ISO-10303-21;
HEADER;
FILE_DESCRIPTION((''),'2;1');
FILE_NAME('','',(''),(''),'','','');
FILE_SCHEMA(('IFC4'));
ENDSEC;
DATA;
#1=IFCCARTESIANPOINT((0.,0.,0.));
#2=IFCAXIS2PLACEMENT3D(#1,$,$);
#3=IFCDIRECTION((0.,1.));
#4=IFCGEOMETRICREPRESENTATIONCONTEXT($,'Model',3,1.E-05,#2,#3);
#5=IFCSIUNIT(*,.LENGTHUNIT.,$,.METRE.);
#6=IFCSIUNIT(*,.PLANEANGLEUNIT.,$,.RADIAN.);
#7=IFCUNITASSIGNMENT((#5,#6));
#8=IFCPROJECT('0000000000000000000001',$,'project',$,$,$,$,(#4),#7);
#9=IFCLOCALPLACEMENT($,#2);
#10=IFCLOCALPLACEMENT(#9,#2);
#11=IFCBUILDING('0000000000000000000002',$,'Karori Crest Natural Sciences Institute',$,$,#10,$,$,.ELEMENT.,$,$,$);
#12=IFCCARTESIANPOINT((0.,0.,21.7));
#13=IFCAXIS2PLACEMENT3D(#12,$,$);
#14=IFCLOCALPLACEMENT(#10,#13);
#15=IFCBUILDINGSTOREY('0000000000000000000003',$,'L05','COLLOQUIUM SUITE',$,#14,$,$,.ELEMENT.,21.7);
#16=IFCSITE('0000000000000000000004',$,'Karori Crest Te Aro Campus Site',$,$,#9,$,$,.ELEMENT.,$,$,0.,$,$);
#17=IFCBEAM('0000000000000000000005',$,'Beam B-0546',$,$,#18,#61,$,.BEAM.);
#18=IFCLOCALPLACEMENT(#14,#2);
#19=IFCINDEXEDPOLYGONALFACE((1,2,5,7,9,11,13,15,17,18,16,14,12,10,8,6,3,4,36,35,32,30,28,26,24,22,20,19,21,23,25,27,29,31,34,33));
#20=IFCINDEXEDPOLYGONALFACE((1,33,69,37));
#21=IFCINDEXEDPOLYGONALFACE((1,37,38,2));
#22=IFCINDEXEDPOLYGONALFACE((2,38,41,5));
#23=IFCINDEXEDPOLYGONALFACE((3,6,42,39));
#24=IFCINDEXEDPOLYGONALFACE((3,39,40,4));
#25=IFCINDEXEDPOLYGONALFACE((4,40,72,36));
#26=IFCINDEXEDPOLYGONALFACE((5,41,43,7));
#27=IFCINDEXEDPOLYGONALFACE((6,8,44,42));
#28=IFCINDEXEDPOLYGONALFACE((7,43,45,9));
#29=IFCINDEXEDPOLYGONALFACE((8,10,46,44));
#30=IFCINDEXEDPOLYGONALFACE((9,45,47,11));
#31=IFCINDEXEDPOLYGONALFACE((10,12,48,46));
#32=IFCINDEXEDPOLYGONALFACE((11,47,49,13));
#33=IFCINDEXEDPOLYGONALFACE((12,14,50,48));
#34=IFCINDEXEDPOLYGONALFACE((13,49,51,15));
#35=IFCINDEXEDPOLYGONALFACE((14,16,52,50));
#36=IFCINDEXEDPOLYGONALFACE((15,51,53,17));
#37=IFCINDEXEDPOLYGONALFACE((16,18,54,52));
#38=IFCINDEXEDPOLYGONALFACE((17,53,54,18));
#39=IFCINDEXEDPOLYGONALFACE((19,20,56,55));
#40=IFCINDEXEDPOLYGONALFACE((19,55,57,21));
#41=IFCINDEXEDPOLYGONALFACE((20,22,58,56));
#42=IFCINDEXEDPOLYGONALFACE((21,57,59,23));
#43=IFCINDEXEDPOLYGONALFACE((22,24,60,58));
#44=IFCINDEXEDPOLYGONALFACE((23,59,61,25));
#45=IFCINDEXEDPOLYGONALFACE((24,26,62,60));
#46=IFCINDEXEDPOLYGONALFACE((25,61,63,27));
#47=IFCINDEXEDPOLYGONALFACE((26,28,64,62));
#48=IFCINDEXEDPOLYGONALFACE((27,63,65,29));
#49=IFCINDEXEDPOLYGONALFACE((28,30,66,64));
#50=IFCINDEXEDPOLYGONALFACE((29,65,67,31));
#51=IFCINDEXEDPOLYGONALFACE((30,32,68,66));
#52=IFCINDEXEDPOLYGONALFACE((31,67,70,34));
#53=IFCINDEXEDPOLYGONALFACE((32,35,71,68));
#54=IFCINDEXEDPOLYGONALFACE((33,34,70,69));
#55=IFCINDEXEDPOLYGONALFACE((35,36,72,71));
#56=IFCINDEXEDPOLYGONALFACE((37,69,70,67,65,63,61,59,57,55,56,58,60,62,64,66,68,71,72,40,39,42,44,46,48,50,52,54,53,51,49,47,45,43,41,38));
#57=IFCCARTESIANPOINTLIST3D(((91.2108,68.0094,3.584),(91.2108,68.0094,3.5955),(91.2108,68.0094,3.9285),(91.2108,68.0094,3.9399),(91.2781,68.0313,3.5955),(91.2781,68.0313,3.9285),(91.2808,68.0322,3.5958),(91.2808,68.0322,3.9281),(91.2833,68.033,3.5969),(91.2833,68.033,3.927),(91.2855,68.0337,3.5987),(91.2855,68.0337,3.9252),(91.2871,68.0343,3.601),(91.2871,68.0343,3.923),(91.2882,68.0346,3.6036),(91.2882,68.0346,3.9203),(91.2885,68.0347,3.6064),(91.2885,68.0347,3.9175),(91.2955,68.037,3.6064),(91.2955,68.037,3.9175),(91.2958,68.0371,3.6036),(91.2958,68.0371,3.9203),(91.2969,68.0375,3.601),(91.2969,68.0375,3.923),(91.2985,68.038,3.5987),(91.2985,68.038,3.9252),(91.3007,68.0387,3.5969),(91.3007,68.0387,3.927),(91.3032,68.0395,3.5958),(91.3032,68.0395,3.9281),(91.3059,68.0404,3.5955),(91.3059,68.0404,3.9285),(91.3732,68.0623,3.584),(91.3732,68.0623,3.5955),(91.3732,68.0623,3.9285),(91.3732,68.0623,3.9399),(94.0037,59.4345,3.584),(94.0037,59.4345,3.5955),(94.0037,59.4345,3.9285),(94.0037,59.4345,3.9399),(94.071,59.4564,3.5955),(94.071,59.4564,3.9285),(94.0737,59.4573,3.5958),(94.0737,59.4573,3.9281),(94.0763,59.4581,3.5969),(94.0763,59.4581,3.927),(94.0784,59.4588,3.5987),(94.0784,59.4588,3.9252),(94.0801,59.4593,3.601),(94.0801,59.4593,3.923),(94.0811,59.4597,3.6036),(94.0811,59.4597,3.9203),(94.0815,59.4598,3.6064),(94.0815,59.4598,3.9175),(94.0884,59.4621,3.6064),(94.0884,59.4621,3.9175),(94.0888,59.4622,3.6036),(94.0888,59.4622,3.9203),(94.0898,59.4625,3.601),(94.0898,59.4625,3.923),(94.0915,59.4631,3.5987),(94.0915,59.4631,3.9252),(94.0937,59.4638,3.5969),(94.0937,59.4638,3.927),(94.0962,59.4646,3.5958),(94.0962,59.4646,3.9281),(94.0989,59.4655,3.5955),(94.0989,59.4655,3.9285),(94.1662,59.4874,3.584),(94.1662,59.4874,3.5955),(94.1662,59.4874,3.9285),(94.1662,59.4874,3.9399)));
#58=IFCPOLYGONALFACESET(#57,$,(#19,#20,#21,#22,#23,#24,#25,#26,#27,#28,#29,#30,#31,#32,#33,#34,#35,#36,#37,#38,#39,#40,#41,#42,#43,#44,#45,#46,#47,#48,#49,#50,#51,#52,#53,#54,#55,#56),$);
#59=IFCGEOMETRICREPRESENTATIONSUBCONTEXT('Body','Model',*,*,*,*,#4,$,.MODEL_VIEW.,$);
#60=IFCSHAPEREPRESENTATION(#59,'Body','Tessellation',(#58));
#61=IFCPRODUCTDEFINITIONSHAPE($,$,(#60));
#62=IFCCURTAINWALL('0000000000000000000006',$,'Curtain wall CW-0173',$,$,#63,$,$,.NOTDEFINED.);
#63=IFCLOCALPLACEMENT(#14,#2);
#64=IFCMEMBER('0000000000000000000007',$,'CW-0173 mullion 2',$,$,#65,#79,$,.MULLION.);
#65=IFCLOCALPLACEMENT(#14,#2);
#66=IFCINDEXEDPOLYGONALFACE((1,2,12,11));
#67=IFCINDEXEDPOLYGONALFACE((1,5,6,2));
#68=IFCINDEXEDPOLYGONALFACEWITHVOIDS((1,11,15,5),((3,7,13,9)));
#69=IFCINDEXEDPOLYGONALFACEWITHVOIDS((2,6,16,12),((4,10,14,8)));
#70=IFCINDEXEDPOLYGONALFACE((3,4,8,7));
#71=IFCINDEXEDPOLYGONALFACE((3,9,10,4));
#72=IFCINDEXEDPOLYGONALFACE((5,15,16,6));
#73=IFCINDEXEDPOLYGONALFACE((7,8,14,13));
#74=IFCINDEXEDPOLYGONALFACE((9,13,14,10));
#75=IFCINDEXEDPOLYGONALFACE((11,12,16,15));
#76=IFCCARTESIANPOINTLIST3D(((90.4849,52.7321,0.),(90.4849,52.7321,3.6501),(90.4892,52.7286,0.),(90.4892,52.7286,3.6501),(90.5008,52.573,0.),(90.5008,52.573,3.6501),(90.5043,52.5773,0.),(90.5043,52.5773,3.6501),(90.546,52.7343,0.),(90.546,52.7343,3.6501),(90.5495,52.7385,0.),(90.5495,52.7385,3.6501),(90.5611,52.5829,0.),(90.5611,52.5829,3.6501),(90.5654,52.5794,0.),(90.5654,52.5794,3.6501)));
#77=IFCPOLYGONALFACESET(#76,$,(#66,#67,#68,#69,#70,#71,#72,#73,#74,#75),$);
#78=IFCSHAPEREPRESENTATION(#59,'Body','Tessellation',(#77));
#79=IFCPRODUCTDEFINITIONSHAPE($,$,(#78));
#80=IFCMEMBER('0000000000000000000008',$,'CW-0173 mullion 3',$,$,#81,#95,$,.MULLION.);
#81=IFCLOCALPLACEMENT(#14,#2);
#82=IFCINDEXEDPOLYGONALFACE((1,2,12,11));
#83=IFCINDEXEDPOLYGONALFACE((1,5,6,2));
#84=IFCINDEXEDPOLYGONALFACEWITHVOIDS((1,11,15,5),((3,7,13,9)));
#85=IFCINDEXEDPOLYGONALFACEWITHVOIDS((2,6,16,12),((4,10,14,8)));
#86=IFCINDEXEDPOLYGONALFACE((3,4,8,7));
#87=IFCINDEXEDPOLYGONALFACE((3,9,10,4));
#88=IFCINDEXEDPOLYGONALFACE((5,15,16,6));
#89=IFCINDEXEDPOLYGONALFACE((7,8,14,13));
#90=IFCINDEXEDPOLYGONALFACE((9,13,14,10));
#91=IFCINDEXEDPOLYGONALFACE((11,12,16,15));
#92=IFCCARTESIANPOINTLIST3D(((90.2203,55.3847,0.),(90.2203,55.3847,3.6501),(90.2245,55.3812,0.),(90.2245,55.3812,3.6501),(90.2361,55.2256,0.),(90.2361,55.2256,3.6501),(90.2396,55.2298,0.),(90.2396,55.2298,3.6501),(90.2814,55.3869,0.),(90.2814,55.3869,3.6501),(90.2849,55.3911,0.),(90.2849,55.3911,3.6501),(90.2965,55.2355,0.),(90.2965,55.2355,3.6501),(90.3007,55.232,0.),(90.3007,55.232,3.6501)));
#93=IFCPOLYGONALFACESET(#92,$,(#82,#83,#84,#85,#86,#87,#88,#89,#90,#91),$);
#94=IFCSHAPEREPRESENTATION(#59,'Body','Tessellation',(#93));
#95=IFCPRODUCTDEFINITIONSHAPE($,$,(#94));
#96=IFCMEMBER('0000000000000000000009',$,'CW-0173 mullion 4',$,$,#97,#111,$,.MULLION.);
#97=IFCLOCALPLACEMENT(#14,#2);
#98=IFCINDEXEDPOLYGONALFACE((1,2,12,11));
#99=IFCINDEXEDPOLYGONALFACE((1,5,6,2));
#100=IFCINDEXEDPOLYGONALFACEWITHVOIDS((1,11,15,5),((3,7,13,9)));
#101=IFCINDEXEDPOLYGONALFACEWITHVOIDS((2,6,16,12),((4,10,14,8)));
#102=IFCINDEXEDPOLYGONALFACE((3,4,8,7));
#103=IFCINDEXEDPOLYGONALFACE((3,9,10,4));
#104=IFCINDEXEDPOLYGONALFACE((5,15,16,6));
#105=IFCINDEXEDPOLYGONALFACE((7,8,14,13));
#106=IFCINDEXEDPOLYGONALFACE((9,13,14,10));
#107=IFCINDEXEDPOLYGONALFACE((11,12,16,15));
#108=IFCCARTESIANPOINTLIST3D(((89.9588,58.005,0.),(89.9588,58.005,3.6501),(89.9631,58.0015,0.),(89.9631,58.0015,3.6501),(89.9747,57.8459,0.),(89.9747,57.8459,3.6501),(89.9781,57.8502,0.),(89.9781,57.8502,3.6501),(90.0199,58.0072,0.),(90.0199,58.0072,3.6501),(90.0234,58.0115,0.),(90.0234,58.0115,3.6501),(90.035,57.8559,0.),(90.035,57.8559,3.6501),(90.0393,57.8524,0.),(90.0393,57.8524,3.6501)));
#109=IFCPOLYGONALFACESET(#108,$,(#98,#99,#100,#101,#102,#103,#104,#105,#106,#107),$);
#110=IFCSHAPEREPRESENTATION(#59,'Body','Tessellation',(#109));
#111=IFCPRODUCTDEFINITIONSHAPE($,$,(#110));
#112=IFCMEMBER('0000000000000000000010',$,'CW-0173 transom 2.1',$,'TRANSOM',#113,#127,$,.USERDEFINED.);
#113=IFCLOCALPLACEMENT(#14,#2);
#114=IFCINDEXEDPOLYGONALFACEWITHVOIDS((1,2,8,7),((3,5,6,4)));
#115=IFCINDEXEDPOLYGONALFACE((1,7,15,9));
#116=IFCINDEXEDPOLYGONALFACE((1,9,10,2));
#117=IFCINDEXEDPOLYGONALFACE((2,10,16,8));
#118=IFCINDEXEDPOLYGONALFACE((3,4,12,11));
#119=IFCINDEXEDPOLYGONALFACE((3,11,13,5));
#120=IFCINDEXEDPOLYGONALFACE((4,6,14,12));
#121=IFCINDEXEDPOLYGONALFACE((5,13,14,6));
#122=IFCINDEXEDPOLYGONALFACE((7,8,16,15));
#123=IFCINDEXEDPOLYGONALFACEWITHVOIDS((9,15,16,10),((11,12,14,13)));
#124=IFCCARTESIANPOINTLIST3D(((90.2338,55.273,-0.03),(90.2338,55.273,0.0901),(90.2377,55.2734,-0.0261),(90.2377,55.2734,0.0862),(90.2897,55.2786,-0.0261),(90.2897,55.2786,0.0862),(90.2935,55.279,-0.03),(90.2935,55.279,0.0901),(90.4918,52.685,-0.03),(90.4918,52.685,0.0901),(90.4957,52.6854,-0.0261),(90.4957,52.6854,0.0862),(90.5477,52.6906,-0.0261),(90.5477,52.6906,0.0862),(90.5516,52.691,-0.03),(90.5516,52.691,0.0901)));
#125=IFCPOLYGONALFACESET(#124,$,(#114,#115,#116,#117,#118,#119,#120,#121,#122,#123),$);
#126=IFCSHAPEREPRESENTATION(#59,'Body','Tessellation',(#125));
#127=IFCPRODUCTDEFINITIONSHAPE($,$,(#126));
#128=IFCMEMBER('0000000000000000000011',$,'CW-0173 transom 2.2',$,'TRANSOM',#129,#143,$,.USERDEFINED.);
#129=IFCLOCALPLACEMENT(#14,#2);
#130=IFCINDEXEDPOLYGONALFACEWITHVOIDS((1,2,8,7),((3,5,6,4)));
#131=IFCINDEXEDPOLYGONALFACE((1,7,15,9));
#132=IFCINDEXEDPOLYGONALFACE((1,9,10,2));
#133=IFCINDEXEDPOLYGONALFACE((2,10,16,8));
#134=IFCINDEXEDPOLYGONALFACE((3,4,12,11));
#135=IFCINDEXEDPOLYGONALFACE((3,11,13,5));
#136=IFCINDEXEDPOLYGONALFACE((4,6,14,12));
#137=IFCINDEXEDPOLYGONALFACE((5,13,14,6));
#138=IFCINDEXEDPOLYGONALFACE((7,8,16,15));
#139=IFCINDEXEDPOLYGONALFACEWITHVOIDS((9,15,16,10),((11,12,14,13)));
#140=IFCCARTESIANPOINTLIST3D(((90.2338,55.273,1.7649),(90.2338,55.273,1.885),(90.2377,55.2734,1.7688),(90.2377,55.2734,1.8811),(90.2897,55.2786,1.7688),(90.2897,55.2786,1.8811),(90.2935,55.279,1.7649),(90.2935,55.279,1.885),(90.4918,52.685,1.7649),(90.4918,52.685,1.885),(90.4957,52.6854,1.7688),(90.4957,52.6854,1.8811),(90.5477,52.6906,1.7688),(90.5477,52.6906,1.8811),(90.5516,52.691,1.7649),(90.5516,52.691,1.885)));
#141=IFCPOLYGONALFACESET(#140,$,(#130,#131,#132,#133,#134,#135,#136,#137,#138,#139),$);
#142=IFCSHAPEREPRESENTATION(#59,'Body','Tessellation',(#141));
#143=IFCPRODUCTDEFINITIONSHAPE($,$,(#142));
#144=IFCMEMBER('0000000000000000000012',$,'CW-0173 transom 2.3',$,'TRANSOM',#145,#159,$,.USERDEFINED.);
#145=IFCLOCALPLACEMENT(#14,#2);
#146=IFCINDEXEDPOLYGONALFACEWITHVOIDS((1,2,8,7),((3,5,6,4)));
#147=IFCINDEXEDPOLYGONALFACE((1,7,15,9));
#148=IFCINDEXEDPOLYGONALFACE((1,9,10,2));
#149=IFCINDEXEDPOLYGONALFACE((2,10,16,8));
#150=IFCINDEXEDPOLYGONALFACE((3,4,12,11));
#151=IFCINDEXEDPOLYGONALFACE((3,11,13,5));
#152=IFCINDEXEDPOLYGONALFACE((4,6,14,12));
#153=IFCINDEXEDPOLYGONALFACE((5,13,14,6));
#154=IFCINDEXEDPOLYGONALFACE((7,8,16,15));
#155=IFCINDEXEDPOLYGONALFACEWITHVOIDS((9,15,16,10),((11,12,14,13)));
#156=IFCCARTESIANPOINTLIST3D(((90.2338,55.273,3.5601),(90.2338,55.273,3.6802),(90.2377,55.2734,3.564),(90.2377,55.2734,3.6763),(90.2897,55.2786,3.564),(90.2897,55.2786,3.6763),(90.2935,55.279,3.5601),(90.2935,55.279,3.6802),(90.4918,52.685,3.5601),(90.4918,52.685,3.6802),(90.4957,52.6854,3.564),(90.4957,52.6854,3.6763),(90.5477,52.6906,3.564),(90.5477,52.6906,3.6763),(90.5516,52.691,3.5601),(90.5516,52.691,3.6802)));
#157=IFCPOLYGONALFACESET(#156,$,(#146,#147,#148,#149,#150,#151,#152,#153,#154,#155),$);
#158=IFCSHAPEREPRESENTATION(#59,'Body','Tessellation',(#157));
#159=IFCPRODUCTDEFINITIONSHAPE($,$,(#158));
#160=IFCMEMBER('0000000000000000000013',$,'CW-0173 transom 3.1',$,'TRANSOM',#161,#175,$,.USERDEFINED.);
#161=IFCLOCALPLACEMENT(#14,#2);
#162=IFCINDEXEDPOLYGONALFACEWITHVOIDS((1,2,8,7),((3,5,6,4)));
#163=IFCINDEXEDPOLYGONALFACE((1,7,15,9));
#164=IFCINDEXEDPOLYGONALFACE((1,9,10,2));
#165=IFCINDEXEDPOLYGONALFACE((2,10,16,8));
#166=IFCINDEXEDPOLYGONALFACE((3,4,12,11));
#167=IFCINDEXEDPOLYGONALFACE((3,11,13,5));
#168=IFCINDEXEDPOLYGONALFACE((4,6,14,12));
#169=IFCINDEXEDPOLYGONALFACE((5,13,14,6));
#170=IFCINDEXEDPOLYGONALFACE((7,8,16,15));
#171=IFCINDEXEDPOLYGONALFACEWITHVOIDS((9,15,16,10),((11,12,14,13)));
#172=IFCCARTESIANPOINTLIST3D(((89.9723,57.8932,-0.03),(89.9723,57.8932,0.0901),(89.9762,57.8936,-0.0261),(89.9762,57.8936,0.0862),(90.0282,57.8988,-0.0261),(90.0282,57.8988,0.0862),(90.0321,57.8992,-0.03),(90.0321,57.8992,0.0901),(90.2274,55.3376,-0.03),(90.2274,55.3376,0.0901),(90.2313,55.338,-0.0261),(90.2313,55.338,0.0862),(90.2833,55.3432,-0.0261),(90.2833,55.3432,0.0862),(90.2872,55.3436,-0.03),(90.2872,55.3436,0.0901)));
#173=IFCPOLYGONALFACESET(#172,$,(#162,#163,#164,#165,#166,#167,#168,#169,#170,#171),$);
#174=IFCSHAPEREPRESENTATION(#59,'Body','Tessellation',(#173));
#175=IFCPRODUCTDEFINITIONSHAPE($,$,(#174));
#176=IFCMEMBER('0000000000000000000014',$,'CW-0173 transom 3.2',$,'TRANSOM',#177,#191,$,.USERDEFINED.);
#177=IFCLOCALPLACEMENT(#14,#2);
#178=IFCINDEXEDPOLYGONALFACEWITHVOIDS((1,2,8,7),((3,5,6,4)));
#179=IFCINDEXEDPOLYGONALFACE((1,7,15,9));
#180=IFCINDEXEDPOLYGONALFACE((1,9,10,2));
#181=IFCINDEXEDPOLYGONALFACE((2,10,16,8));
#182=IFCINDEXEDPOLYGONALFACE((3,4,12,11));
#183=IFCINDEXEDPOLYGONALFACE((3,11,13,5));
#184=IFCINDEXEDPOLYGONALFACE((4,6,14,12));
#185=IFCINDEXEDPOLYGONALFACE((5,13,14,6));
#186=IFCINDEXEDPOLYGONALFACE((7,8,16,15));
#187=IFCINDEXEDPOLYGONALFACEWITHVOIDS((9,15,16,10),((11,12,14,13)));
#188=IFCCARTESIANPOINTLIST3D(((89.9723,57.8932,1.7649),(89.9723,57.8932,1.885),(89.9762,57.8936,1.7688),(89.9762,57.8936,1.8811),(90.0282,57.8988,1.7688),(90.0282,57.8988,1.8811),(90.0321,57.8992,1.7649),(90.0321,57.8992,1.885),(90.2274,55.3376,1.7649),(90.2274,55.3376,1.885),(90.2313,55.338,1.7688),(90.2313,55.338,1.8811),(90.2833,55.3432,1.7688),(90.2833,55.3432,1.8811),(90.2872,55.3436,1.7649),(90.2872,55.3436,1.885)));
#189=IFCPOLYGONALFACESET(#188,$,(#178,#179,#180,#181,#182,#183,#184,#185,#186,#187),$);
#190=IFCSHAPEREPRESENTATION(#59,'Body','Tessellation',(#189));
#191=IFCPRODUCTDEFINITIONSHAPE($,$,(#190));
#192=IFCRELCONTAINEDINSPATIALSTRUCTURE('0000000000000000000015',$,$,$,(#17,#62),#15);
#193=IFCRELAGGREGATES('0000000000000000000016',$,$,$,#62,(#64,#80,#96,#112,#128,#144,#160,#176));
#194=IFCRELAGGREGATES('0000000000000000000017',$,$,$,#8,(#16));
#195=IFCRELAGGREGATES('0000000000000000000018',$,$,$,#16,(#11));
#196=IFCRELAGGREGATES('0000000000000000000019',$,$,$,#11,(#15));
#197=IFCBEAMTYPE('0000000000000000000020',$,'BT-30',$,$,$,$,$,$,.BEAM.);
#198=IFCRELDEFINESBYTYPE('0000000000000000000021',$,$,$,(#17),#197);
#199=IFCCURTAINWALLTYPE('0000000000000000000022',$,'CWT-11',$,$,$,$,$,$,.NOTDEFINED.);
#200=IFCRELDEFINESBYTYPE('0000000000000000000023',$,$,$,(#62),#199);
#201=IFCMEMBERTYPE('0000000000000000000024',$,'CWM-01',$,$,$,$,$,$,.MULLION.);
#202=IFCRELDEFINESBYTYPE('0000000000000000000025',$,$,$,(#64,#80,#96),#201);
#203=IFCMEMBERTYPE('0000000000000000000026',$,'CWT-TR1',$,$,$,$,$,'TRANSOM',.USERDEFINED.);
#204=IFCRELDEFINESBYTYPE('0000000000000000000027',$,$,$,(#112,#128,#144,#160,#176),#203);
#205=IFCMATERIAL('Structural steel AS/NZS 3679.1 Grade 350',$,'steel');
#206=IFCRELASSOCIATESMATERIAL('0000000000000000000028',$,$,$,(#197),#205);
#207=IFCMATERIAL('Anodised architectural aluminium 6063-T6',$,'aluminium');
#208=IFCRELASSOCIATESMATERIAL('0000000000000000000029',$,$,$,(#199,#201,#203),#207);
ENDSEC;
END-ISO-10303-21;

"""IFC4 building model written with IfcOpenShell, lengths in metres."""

from ifc_helpers import new_model, si_unit, direction, frame, origin, origin_2d, place, context, subcontext, project, spatial, hollow_rectangle, i_section, extrude, material, material_profile, profile_set, type_object, element, aggregate, save


model = new_model("IFC4")

# Units and contexts
model_context = context("Model", 3, precision=1e-05, world=origin(), true_north=direction((0.0, 1.0)))
body_context = subcontext(model_context, "Body", "Model", "MODEL_VIEW")
ifc_project = project(units=[si_unit("LENGTHUNIT", "METRE"), si_unit("PLANEANGLEUNIT", "RADIAN")], contexts=[model_context])

# Site, building, storey
site_placement = place(None, origin())
site = spatial("IfcSite", under=ifc_project, at=site_placement, Name="Karori Crest Te Aro Campus Site", CompositionType="ELEMENT", RefElevation=0.0)
building_placement = place(site_placement, origin())
building = spatial("IfcBuilding", under=site, at=building_placement, Name="Karori Crest Natural Sciences Institute", CompositionType="ELEMENT")
storey_placement = place(building_placement, frame((0.0, 0.0, 21.7)))
storey = spatial("IfcBuildingStorey", under=building, at=storey_placement, Name="L05", Description="COLLOQUIUM SUITE", CompositionType="ELEMENT", Elevation=21.7)

# Beam
ifc_material_1 = material(Name="Structural steel AS/NZS 3679.1 Grade 350", Category="steel")
ifc_material_profile_1 = material_profile(ifc_material_1, i_section(OverallWidth=0.1709, OverallDepth=0.356, WebThickness=0.0073, FlangeThickness=0.0115, FilletRadius=0.011, at=origin_2d()), Name="360UB50.7")
ifc_profile_set_1 = profile_set([ifc_material_profile_1], Name="Structural steel AS/NZS 3679.1 Grade 350")
beam_type_1 = type_object("IfcBeamType", Name="BT-30", PredefinedType="BEAM", material=ifc_profile_set_1)
beam_1_placement = place(storey_placement, frame((94.085, 59.4609, 3.762), z_axis=(-0.309699, 0.950835, 0.0), x_axis=(-0.950835, -0.309699, 0.0)))
element("IfcBeam", 1, at=beam_1_placement, inside=storey, type_object=beam_type_1, Name="Beam B-0546", PredefinedType="BEAM", context=body_context, shape_type="SweptSolid", body=[
    extrude(i_section(OverallWidth=0.1709, OverallDepth=0.356, WebThickness=0.0073, FlangeThickness=0.0115, FilletRadius=0.011, at=origin_2d()), origin(), (0.0, 0.0, 1.0), 9.0183),
])

# Curtain wall, members
ifc_material_2 = material(Name="Anodised architectural aluminium 6063-T6", Category="aluminium")
curtain_wall_type = type_object("IfcCurtainWallType", Name="CWT-11", PredefinedType="NOTDEFINED", material=ifc_material_2)
curtain_wall_placement = place(storey_placement, origin())
curtain_wall = element("IfcCurtainWall", 2, at=curtain_wall_placement, inside=storey, type_object=curtain_wall_type, Name="Curtain wall CW-0173", PredefinedType="NOTDEFINED")
ifc_material_profile_2 = material_profile(ifc_material_2, hollow_rectangle(XDim=0.0649, YDim=0.1599, WallThickness=0.0039, at=origin_2d()), Name="CWM160x65x4")
ifc_profile_set_2 = profile_set([ifc_material_profile_2], Name="Anodised architectural aluminium 6063-T6")
member_type_1 = type_object("IfcMemberType", Name="CWM-01", PredefinedType="MULLION", material=ifc_profile_set_2)
member_1_placement = place(storey_placement, frame((90.5251, 52.6558, 0.0), z_axis=(0.0, 0.0, 1.0), x_axis=(-0.995061, -0.099268, 0.0)))
member_1 = element("IfcMember", 3, at=member_1_placement, type_object=member_type_1, Name="CW-0173 mullion 2", PredefinedType="MULLION", context=body_context, shape_type="SweptSolid", body=[
    extrude(hollow_rectangle(XDim=0.0649, YDim=0.1599, WallThickness=0.0039, at=origin_2d()), origin(), (0.0, 0.0, 1.0), 3.6501),
])
member_2_placement = place(storey_placement, frame((90.2605, 55.3083, 0.0), z_axis=(0.0, 0.0, 1.0), x_axis=(-0.995061, -0.099268, 0.0)))
member_2 = element("IfcMember", 4, at=member_2_placement, type_object=member_type_1, Name="CW-0173 mullion 3", PredefinedType="MULLION", context=body_context, shape_type="SweptSolid", body=[
    extrude(hollow_rectangle(XDim=0.0649, YDim=0.1599, WallThickness=0.0039, at=origin_2d()), origin(), (0.0, 0.0, 1.0), 3.6501),
])
member_3_placement = place(storey_placement, frame((89.999, 57.9287, 0.0), z_axis=(0.0, 0.0, 1.0), x_axis=(-0.995061, -0.099268, 0.0)))
member_3 = element("IfcMember", 5, at=member_3_placement, type_object=member_type_1, Name="CW-0173 mullion 4", PredefinedType="MULLION", context=body_context, shape_type="SweptSolid", body=[
    extrude(hollow_rectangle(XDim=0.0649, YDim=0.1599, WallThickness=0.0039, at=origin_2d()), origin(), (0.0, 0.0, 1.0), 3.6501),
])
ifc_material_profile_3 = material_profile(ifc_material_2, hollow_rectangle(XDim=0.0601, YDim=0.1201, WallThickness=0.0039, at=origin_2d()), Name="CWT120x60x4")
ifc_profile_set_3 = profile_set([ifc_material_profile_3], Name="Anodised architectural aluminium 6063-T6")
member_type_2 = type_object("IfcMemberType", Name="CWT-TR1", ElementType="TRANSOM", PredefinedType="USERDEFINED", material=ifc_profile_set_3)
member_4_placement = place(storey_placement, frame((90.5217, 52.688, 0.03), z_axis=(-0.099225, 0.995065, 0.0), x_axis=(-0.995065, -0.099225, 0.0)))
member_4 = element("IfcMember", 6, at=member_4_placement, type_object=member_type_2, Name="CW-0173 transom 2.1", ObjectType="TRANSOM", PredefinedType="USERDEFINED", context=body_context, shape_type="SweptSolid", body=[
    extrude(hollow_rectangle(XDim=0.0601, YDim=0.1201, WallThickness=0.0039, at=origin_2d()), origin(), (0.0, 0.0, 1.0), 2.6008),
])
member_5_placement = place(storey_placement, frame((90.5217, 52.688, 1.825), z_axis=(-0.099225, 0.995065, 0.0), x_axis=(-0.995065, -0.099225, 0.0)))
member_5 = element("IfcMember", 7, at=member_5_placement, type_object=member_type_2, Name="CW-0173 transom 2.2", ObjectType="TRANSOM", PredefinedType="USERDEFINED", context=body_context, shape_type="SweptSolid", body=[
    extrude(hollow_rectangle(XDim=0.0601, YDim=0.1201, WallThickness=0.0039, at=origin_2d()), origin(), (0.0, 0.0, 1.0), 2.6008),
])
member_6_placement = place(storey_placement, frame((90.5217, 52.688, 3.6201), z_axis=(-0.099225, 0.995065, 0.0), x_axis=(-0.995065, -0.099225, 0.0)))
member_6 = element("IfcMember", 8, at=member_6_placement, type_object=member_type_2, Name="CW-0173 transom 2.3", ObjectType="TRANSOM", PredefinedType="USERDEFINED", context=body_context, shape_type="SweptSolid", body=[
    extrude(hollow_rectangle(XDim=0.0601, YDim=0.1201, WallThickness=0.0039, at=origin_2d()), origin(), (0.0, 0.0, 1.0), 2.6008),
])
member_7_placement = place(storey_placement, frame((90.2573, 55.3406, 0.03), z_axis=(-0.099334, 0.995054, 0.0), x_axis=(-0.995054, -0.099334, 0.0)))
member_7 = element("IfcMember", 9, at=member_7_placement, type_object=member_type_2, Name="CW-0173 transom 3.1", ObjectType="TRANSOM", PredefinedType="USERDEFINED", context=body_context, shape_type="SweptSolid", body=[
    extrude(hollow_rectangle(XDim=0.0601, YDim=0.1201, WallThickness=0.0039, at=origin_2d()), origin(), (0.0, 0.0, 1.0), 2.5684),
])
member_8_placement = place(storey_placement, frame((90.2573, 55.3406, 1.825), z_axis=(-0.099334, 0.995054, 0.0), x_axis=(-0.995054, -0.099334, 0.0)))
member_8 = element("IfcMember", 10, at=member_8_placement, type_object=member_type_2, Name="CW-0173 transom 3.2", ObjectType="TRANSOM", PredefinedType="USERDEFINED", context=body_context, shape_type="SweptSolid", body=[
    extrude(hollow_rectangle(XDim=0.0601, YDim=0.1201, WallThickness=0.0039, at=origin_2d()), origin(), (0.0, 0.0, 1.0), 2.5684),
])
aggregate(curtain_wall, [member_1, member_2, member_3, member_4, member_5, member_6, member_7, member_8])

save(model, "model.ifc")
